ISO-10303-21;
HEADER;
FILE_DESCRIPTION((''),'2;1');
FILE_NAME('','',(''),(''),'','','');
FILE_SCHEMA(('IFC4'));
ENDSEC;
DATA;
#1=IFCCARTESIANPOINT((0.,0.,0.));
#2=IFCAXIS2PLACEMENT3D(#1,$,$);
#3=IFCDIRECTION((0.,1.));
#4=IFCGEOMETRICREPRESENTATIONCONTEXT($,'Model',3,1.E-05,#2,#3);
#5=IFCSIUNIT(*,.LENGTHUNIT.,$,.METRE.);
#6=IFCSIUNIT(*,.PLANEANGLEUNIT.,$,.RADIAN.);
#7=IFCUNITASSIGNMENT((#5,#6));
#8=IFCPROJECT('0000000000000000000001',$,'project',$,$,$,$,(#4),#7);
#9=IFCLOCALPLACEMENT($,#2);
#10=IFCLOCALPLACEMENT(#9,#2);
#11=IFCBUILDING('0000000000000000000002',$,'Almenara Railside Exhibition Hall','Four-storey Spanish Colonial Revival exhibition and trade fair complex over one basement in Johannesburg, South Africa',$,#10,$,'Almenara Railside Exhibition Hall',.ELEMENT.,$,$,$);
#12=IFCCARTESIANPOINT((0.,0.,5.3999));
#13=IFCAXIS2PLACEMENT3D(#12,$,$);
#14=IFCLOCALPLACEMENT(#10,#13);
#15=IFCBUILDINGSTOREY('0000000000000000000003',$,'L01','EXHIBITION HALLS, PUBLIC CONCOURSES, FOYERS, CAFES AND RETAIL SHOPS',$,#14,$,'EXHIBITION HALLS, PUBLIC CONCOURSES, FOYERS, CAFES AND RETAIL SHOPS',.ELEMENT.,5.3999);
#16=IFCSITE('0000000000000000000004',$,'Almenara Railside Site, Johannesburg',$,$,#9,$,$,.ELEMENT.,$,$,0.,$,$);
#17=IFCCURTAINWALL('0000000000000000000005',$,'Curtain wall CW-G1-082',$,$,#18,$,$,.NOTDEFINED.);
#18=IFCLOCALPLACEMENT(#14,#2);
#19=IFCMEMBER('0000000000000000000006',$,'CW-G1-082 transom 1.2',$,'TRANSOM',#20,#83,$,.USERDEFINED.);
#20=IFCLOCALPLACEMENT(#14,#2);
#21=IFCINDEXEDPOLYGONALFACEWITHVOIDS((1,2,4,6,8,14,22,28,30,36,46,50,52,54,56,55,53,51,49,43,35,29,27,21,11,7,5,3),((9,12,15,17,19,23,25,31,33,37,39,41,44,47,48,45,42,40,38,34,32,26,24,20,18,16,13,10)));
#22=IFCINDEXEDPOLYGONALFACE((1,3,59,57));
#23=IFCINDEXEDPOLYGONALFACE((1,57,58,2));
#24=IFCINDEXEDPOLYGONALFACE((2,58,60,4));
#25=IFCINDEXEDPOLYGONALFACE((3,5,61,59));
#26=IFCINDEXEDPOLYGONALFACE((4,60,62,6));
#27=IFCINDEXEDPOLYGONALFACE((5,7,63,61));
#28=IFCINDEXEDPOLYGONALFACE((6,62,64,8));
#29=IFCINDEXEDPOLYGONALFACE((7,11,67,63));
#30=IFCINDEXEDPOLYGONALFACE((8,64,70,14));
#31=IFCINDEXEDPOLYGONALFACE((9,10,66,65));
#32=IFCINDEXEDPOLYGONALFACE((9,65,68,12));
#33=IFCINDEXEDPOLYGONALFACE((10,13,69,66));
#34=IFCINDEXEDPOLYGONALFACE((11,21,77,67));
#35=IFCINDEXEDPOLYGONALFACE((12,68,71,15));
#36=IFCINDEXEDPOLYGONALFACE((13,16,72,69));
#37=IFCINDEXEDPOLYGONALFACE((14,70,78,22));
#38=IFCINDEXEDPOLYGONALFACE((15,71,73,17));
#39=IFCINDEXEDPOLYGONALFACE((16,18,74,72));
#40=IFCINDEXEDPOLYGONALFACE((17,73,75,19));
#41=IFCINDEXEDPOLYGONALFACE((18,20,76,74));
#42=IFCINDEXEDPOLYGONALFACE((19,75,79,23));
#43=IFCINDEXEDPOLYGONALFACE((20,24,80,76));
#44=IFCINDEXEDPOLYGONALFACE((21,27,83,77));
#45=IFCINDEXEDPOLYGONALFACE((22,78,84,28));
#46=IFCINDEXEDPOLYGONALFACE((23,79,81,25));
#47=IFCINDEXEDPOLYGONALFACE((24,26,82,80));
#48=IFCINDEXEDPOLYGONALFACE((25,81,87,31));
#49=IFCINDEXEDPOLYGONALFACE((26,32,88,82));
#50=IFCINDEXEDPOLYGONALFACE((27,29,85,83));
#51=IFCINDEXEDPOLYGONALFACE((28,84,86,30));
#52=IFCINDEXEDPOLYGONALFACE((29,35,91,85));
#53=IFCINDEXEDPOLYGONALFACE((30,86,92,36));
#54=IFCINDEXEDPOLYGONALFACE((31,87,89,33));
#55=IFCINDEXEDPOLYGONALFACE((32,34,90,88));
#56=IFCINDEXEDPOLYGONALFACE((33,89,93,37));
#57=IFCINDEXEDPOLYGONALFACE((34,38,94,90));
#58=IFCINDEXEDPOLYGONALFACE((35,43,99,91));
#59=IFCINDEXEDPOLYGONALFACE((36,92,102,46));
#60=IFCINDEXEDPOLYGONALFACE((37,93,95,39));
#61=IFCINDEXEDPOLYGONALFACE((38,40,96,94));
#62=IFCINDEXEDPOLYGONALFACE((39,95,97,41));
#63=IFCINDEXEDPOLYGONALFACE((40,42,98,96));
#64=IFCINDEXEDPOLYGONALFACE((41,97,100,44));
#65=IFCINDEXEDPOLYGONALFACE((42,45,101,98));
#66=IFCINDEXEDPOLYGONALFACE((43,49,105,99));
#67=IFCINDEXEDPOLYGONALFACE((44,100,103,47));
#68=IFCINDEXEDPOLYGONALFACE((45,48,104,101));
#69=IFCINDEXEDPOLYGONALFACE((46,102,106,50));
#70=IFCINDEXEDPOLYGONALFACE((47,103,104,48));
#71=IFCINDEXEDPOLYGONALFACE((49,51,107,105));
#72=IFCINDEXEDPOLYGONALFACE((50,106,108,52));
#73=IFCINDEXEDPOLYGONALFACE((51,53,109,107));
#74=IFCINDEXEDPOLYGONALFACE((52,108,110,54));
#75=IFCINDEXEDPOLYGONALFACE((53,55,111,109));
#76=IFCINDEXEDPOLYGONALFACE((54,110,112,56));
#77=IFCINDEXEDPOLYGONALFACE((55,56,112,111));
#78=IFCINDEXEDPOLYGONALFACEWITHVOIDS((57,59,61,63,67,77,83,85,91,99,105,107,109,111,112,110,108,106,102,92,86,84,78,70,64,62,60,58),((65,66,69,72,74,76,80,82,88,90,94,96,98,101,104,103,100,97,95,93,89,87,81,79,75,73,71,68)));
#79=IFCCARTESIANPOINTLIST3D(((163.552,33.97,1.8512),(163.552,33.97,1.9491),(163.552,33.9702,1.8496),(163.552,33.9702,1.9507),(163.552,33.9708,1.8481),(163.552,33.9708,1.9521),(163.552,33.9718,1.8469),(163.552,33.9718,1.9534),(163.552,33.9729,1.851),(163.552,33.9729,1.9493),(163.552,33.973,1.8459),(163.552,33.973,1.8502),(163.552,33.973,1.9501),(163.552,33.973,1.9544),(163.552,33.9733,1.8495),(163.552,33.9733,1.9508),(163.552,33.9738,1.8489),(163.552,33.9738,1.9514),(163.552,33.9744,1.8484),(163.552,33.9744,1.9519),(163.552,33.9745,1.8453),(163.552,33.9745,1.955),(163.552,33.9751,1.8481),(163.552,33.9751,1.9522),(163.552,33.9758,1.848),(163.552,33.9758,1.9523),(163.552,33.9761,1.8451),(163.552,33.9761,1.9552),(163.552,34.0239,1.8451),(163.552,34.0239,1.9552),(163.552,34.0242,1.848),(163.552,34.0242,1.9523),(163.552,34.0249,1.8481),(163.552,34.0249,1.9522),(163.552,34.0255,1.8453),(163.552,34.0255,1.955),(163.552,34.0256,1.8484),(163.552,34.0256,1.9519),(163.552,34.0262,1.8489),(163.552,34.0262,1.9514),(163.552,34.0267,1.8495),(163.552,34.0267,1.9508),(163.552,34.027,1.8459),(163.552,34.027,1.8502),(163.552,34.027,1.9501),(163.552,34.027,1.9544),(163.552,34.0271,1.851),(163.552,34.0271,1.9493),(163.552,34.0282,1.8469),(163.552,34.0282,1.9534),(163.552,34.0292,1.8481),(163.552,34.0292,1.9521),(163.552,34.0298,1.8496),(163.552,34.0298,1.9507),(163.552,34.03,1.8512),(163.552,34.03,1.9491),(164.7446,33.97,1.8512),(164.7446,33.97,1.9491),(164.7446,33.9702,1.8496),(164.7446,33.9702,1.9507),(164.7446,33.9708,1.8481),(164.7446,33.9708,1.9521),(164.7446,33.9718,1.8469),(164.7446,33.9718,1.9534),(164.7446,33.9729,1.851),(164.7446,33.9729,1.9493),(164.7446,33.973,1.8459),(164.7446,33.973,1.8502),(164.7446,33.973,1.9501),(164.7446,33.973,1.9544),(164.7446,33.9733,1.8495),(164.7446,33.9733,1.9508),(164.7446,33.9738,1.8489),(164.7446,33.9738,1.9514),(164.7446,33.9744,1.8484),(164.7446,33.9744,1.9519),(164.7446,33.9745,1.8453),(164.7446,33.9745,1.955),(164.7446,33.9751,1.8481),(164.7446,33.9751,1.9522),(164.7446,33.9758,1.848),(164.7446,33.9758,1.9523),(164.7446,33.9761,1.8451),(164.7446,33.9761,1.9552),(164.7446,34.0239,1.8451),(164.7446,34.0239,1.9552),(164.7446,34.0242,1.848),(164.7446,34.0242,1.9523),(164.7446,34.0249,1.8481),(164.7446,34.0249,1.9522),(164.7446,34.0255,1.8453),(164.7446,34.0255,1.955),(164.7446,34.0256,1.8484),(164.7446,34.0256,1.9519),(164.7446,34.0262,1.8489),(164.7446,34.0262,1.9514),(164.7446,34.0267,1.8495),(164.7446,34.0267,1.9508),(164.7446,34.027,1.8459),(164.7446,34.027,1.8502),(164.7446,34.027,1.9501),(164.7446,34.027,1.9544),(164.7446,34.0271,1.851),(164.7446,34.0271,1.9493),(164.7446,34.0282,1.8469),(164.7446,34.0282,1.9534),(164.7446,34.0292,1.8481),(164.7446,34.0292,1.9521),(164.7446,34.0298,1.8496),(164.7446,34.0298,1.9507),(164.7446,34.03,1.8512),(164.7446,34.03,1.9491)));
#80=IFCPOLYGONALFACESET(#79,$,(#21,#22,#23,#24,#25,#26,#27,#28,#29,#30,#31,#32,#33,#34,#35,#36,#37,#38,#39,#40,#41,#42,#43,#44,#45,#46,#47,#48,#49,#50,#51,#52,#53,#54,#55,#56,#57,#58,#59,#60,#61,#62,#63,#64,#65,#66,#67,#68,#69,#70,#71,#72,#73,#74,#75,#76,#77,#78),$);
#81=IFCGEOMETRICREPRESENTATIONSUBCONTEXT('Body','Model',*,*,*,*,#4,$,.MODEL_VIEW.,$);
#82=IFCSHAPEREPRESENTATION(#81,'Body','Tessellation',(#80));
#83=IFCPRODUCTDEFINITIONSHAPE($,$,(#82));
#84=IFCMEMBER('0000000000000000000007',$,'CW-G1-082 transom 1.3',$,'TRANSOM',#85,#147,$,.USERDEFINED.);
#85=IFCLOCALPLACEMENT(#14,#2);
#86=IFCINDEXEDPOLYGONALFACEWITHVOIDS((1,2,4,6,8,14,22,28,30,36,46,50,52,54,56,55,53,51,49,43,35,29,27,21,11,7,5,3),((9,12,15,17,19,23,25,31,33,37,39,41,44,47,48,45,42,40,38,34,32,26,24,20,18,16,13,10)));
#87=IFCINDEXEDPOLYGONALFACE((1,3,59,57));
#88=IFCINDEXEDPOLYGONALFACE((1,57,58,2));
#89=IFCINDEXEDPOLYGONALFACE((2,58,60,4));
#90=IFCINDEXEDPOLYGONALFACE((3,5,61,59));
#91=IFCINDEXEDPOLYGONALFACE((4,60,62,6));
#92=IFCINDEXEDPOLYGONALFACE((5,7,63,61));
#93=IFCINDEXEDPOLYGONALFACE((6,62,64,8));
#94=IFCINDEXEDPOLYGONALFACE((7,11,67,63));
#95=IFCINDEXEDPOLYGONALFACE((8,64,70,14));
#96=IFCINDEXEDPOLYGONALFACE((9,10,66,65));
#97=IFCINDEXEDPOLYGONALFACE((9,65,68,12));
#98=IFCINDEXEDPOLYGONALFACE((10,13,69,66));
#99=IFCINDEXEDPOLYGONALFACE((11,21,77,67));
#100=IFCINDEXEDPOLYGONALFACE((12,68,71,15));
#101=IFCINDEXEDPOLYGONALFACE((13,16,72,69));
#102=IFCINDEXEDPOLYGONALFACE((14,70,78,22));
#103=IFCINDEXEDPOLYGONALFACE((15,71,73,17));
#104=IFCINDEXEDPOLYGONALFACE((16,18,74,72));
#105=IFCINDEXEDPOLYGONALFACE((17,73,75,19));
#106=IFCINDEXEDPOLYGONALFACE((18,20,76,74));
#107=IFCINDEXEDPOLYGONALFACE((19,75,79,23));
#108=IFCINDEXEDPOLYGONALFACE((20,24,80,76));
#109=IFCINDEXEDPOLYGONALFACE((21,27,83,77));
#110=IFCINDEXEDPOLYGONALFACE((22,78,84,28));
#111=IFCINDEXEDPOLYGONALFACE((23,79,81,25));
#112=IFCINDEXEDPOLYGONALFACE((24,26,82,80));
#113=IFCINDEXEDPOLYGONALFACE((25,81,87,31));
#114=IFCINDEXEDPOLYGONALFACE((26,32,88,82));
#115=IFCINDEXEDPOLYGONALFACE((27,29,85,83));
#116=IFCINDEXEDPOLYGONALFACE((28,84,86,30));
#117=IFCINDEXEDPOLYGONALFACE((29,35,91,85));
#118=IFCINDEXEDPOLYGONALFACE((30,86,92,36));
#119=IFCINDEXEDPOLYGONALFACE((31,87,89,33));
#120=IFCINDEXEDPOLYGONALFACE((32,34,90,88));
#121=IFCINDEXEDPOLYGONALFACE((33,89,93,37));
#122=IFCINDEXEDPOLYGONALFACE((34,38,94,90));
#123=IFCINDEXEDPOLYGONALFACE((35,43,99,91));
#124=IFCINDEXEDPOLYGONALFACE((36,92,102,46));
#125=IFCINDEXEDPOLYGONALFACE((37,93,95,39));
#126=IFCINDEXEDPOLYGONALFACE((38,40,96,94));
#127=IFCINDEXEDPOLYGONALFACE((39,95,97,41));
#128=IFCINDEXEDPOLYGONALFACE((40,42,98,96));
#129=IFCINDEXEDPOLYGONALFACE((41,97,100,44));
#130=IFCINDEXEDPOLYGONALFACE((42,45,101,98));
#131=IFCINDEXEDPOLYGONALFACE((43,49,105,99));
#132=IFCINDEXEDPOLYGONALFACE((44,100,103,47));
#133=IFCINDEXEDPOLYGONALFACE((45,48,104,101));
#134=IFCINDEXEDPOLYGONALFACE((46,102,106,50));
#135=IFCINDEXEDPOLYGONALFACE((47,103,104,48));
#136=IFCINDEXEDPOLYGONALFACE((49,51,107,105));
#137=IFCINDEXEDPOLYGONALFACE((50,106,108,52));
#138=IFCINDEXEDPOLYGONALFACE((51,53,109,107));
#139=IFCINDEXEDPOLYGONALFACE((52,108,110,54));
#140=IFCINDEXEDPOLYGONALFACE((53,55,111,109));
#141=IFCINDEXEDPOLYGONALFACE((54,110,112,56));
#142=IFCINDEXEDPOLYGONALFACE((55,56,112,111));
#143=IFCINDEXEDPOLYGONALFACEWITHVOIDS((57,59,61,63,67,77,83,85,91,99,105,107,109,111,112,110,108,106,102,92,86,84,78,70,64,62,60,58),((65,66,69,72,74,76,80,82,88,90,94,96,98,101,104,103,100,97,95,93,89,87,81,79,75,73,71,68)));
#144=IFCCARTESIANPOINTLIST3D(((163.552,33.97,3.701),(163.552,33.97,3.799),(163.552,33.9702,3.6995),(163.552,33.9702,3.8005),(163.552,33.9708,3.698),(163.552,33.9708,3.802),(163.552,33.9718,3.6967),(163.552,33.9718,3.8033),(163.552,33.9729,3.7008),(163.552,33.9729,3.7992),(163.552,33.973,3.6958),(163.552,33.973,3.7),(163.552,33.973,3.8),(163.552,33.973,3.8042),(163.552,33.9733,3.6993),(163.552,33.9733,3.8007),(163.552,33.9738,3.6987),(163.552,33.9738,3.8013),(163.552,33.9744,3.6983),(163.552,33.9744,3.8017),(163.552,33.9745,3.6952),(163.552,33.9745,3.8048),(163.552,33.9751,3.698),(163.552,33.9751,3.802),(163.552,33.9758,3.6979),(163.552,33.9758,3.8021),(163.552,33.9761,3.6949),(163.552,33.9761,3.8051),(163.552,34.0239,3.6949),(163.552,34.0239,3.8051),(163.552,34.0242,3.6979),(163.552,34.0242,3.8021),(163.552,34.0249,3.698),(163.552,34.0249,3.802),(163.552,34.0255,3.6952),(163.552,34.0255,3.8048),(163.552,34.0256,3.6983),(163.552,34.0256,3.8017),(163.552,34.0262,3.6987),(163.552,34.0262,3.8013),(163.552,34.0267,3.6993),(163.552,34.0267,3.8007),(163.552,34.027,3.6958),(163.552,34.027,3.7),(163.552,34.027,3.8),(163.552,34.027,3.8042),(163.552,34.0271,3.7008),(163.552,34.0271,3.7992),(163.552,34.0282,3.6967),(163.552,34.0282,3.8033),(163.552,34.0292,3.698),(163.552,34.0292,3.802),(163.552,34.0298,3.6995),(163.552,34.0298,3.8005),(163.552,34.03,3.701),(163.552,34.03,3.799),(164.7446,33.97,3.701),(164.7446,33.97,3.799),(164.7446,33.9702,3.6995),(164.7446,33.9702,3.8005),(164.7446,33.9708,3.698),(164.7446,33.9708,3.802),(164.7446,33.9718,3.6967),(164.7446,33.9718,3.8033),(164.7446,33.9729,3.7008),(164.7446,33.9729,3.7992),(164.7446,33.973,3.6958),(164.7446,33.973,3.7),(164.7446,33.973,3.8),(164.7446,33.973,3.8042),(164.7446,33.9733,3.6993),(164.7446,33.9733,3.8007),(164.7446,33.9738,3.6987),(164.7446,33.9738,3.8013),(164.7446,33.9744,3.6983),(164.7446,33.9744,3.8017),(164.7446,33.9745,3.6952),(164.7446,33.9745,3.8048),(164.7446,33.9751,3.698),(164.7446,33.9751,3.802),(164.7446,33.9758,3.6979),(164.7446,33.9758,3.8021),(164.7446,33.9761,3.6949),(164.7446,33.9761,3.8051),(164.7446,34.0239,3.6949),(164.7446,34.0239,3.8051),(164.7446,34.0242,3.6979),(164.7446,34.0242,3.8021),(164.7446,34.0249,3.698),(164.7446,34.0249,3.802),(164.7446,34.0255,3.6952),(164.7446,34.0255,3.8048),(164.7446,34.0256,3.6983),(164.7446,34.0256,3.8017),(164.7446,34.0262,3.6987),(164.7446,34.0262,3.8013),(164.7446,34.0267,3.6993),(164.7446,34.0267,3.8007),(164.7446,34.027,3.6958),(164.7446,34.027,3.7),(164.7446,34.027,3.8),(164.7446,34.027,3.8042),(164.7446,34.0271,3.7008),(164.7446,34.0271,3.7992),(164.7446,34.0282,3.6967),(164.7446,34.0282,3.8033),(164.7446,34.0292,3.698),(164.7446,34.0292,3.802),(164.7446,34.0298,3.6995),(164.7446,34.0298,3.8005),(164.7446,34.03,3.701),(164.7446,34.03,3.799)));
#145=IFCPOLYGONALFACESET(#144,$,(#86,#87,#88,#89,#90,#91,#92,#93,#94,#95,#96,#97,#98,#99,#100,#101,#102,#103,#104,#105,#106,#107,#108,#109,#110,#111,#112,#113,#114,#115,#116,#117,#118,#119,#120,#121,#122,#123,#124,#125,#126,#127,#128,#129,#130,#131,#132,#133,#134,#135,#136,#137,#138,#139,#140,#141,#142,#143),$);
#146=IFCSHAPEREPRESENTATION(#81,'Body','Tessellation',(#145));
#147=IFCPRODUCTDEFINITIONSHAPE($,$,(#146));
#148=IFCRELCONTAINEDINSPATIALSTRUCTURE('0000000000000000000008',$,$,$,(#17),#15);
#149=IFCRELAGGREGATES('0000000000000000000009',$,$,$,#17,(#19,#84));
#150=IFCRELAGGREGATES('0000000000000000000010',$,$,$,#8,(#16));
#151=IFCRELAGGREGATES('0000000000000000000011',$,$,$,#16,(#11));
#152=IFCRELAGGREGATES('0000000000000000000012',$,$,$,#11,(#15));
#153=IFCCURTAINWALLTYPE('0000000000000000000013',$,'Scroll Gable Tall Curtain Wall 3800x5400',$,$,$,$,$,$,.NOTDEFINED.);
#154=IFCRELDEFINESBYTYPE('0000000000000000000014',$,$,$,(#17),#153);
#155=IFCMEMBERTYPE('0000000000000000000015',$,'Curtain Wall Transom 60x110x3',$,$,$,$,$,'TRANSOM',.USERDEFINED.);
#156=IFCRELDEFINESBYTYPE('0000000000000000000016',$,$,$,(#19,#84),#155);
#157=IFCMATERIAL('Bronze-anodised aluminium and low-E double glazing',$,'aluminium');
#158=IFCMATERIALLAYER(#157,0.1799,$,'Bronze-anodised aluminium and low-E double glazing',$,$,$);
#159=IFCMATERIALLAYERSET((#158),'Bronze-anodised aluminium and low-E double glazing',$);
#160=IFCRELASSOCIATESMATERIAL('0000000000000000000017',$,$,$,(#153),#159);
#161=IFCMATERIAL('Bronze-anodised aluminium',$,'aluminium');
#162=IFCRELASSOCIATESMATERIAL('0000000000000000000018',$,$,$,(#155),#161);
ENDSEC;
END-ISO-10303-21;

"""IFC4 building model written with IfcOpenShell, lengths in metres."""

from ifc_helpers import new_model, si_unit, direction, frame, origin, origin_2d, place, context, subcontext, project, spatial, hollow_rectangle, extrude, material, layer, layer_set, material_profile, profile_set, type_object, element, aggregate, save


model = new_model("IFC4")

# Units and contexts
model_context = context("Model", 3, precision=1e-05, world=origin(), true_north=direction((0.0, 1.0)))
body_context = subcontext(model_context, "Body", "Model", "MODEL_VIEW")
ifc_project = project(units=[si_unit("LENGTHUNIT", "METRE"), si_unit("PLANEANGLEUNIT", "RADIAN")], contexts=[model_context])

# Site, building, storey
site_placement = place(None, origin())
site = spatial("IfcSite", under=ifc_project, at=site_placement, Name="Almenara Railside Site, Johannesburg", CompositionType="ELEMENT", RefElevation=0.0)
building_placement = place(site_placement, origin())
building = spatial("IfcBuilding", under=site, at=building_placement, Name="Almenara Railside Exhibition Hall", Description="Four-storey Spanish Colonial Revival exhibition and trade fair complex over one basement in Johannesburg, South Africa", LongName="Almenara Railside Exhibition Hall", CompositionType="ELEMENT")
storey_placement = place(building_placement, frame((0.0, 0.0, 5.3999)))
storey = spatial("IfcBuildingStorey", under=building, at=storey_placement, Name="L01", Description="EXHIBITION HALLS, PUBLIC CONCOURSES, FOYERS, CAFES AND RETAIL SHOPS", LongName="EXHIBITION HALLS, PUBLIC CONCOURSES, FOYERS, CAFES AND RETAIL SHOPS", CompositionType="ELEMENT", Elevation=5.3999)

# Curtain wall
ifc_material_1 = material(Name="Bronze-anodised aluminium and low-E double glazing", Category="aluminium")
ifc_layer_1 = layer(ifc_material_1, 0.1799, Name="Bronze-anodised aluminium and low-E double glazing")
ifc_layer_set_1 = layer_set([ifc_layer_1], Name="Bronze-anodised aluminium and low-E double glazing")
curtain_wall_type = type_object("IfcCurtainWallType", Name="Scroll Gable Tall Curtain Wall 3800x5400", PredefinedType="NOTDEFINED", material=ifc_layer_set_1)
curtain_wall_1_placement = place(storey_placement, origin())
curtain_wall_1 = element("IfcCurtainWall", 1, at=curtain_wall_1_placement, inside=storey, type_object=curtain_wall_type, Name="Curtain wall CW-G1-082", PredefinedType="NOTDEFINED")
ifc_material_2 = material(Name="Bronze-anodised aluminium", Category="aluminium")

# Members
ifc_material_profile_1 = material_profile(ifc_material_2, hollow_rectangle(XDim=0.0601, YDim=0.1101, WallThickness=0.0029, InnerFilletRadius=0.0029, OuterFilletRadius=0.0061, at=origin_2d()), Name="ALU-TRN 60x110x3")
ifc_profile_set_1 = profile_set([ifc_material_profile_1], Name="Bronze-anodised aluminium")
member_type_1 = type_object("IfcMemberType", Name="Curtain Wall Transom 60x110x3", ElementType="TRANSOM", PredefinedType="USERDEFINED", material=ifc_profile_set_1)
member_1_placement = place(storey_placement, frame((163.552, 34.0, 1.9001), z_axis=(1.0, 0.0, 0.0), x_axis=(0.0, 1.0, 0.0)))
member_1 = element("IfcMember", 2, at=member_1_placement, type_object=member_type_1, Name="CW-G1-082 transom 1.2", ObjectType="TRANSOM", PredefinedType="USERDEFINED", context=body_context, shape_type="SweptSolid", body=[
    extrude(hollow_rectangle(XDim=0.0601, YDim=0.1101, WallThickness=0.0029, InnerFilletRadius=0.0029, OuterFilletRadius=0.0061, at=origin_2d()), origin(), (0.0, 0.0, 1.0), 1.1926),
])
member_2_placement = place(storey_placement, frame((163.552, 34.0, 3.75), z_axis=(1.0, 0.0, 0.0), x_axis=(0.0, 1.0, 0.0)))
member_2 = element("IfcMember", 3, at=member_2_placement, type_object=member_type_1, Name="CW-G1-082 transom 1.3", ObjectType="TRANSOM", PredefinedType="USERDEFINED", context=body_context, shape_type="SweptSolid", body=[
    extrude(hollow_rectangle(XDim=0.0601, YDim=0.1101, WallThickness=0.0029, InnerFilletRadius=0.0029, OuterFilletRadius=0.0061, at=origin_2d()), origin(), (0.0, 0.0, 1.0), 1.1926),
])
aggregate(curtain_wall_1, [member_1, member_2])

save(model, "model.ifc")
